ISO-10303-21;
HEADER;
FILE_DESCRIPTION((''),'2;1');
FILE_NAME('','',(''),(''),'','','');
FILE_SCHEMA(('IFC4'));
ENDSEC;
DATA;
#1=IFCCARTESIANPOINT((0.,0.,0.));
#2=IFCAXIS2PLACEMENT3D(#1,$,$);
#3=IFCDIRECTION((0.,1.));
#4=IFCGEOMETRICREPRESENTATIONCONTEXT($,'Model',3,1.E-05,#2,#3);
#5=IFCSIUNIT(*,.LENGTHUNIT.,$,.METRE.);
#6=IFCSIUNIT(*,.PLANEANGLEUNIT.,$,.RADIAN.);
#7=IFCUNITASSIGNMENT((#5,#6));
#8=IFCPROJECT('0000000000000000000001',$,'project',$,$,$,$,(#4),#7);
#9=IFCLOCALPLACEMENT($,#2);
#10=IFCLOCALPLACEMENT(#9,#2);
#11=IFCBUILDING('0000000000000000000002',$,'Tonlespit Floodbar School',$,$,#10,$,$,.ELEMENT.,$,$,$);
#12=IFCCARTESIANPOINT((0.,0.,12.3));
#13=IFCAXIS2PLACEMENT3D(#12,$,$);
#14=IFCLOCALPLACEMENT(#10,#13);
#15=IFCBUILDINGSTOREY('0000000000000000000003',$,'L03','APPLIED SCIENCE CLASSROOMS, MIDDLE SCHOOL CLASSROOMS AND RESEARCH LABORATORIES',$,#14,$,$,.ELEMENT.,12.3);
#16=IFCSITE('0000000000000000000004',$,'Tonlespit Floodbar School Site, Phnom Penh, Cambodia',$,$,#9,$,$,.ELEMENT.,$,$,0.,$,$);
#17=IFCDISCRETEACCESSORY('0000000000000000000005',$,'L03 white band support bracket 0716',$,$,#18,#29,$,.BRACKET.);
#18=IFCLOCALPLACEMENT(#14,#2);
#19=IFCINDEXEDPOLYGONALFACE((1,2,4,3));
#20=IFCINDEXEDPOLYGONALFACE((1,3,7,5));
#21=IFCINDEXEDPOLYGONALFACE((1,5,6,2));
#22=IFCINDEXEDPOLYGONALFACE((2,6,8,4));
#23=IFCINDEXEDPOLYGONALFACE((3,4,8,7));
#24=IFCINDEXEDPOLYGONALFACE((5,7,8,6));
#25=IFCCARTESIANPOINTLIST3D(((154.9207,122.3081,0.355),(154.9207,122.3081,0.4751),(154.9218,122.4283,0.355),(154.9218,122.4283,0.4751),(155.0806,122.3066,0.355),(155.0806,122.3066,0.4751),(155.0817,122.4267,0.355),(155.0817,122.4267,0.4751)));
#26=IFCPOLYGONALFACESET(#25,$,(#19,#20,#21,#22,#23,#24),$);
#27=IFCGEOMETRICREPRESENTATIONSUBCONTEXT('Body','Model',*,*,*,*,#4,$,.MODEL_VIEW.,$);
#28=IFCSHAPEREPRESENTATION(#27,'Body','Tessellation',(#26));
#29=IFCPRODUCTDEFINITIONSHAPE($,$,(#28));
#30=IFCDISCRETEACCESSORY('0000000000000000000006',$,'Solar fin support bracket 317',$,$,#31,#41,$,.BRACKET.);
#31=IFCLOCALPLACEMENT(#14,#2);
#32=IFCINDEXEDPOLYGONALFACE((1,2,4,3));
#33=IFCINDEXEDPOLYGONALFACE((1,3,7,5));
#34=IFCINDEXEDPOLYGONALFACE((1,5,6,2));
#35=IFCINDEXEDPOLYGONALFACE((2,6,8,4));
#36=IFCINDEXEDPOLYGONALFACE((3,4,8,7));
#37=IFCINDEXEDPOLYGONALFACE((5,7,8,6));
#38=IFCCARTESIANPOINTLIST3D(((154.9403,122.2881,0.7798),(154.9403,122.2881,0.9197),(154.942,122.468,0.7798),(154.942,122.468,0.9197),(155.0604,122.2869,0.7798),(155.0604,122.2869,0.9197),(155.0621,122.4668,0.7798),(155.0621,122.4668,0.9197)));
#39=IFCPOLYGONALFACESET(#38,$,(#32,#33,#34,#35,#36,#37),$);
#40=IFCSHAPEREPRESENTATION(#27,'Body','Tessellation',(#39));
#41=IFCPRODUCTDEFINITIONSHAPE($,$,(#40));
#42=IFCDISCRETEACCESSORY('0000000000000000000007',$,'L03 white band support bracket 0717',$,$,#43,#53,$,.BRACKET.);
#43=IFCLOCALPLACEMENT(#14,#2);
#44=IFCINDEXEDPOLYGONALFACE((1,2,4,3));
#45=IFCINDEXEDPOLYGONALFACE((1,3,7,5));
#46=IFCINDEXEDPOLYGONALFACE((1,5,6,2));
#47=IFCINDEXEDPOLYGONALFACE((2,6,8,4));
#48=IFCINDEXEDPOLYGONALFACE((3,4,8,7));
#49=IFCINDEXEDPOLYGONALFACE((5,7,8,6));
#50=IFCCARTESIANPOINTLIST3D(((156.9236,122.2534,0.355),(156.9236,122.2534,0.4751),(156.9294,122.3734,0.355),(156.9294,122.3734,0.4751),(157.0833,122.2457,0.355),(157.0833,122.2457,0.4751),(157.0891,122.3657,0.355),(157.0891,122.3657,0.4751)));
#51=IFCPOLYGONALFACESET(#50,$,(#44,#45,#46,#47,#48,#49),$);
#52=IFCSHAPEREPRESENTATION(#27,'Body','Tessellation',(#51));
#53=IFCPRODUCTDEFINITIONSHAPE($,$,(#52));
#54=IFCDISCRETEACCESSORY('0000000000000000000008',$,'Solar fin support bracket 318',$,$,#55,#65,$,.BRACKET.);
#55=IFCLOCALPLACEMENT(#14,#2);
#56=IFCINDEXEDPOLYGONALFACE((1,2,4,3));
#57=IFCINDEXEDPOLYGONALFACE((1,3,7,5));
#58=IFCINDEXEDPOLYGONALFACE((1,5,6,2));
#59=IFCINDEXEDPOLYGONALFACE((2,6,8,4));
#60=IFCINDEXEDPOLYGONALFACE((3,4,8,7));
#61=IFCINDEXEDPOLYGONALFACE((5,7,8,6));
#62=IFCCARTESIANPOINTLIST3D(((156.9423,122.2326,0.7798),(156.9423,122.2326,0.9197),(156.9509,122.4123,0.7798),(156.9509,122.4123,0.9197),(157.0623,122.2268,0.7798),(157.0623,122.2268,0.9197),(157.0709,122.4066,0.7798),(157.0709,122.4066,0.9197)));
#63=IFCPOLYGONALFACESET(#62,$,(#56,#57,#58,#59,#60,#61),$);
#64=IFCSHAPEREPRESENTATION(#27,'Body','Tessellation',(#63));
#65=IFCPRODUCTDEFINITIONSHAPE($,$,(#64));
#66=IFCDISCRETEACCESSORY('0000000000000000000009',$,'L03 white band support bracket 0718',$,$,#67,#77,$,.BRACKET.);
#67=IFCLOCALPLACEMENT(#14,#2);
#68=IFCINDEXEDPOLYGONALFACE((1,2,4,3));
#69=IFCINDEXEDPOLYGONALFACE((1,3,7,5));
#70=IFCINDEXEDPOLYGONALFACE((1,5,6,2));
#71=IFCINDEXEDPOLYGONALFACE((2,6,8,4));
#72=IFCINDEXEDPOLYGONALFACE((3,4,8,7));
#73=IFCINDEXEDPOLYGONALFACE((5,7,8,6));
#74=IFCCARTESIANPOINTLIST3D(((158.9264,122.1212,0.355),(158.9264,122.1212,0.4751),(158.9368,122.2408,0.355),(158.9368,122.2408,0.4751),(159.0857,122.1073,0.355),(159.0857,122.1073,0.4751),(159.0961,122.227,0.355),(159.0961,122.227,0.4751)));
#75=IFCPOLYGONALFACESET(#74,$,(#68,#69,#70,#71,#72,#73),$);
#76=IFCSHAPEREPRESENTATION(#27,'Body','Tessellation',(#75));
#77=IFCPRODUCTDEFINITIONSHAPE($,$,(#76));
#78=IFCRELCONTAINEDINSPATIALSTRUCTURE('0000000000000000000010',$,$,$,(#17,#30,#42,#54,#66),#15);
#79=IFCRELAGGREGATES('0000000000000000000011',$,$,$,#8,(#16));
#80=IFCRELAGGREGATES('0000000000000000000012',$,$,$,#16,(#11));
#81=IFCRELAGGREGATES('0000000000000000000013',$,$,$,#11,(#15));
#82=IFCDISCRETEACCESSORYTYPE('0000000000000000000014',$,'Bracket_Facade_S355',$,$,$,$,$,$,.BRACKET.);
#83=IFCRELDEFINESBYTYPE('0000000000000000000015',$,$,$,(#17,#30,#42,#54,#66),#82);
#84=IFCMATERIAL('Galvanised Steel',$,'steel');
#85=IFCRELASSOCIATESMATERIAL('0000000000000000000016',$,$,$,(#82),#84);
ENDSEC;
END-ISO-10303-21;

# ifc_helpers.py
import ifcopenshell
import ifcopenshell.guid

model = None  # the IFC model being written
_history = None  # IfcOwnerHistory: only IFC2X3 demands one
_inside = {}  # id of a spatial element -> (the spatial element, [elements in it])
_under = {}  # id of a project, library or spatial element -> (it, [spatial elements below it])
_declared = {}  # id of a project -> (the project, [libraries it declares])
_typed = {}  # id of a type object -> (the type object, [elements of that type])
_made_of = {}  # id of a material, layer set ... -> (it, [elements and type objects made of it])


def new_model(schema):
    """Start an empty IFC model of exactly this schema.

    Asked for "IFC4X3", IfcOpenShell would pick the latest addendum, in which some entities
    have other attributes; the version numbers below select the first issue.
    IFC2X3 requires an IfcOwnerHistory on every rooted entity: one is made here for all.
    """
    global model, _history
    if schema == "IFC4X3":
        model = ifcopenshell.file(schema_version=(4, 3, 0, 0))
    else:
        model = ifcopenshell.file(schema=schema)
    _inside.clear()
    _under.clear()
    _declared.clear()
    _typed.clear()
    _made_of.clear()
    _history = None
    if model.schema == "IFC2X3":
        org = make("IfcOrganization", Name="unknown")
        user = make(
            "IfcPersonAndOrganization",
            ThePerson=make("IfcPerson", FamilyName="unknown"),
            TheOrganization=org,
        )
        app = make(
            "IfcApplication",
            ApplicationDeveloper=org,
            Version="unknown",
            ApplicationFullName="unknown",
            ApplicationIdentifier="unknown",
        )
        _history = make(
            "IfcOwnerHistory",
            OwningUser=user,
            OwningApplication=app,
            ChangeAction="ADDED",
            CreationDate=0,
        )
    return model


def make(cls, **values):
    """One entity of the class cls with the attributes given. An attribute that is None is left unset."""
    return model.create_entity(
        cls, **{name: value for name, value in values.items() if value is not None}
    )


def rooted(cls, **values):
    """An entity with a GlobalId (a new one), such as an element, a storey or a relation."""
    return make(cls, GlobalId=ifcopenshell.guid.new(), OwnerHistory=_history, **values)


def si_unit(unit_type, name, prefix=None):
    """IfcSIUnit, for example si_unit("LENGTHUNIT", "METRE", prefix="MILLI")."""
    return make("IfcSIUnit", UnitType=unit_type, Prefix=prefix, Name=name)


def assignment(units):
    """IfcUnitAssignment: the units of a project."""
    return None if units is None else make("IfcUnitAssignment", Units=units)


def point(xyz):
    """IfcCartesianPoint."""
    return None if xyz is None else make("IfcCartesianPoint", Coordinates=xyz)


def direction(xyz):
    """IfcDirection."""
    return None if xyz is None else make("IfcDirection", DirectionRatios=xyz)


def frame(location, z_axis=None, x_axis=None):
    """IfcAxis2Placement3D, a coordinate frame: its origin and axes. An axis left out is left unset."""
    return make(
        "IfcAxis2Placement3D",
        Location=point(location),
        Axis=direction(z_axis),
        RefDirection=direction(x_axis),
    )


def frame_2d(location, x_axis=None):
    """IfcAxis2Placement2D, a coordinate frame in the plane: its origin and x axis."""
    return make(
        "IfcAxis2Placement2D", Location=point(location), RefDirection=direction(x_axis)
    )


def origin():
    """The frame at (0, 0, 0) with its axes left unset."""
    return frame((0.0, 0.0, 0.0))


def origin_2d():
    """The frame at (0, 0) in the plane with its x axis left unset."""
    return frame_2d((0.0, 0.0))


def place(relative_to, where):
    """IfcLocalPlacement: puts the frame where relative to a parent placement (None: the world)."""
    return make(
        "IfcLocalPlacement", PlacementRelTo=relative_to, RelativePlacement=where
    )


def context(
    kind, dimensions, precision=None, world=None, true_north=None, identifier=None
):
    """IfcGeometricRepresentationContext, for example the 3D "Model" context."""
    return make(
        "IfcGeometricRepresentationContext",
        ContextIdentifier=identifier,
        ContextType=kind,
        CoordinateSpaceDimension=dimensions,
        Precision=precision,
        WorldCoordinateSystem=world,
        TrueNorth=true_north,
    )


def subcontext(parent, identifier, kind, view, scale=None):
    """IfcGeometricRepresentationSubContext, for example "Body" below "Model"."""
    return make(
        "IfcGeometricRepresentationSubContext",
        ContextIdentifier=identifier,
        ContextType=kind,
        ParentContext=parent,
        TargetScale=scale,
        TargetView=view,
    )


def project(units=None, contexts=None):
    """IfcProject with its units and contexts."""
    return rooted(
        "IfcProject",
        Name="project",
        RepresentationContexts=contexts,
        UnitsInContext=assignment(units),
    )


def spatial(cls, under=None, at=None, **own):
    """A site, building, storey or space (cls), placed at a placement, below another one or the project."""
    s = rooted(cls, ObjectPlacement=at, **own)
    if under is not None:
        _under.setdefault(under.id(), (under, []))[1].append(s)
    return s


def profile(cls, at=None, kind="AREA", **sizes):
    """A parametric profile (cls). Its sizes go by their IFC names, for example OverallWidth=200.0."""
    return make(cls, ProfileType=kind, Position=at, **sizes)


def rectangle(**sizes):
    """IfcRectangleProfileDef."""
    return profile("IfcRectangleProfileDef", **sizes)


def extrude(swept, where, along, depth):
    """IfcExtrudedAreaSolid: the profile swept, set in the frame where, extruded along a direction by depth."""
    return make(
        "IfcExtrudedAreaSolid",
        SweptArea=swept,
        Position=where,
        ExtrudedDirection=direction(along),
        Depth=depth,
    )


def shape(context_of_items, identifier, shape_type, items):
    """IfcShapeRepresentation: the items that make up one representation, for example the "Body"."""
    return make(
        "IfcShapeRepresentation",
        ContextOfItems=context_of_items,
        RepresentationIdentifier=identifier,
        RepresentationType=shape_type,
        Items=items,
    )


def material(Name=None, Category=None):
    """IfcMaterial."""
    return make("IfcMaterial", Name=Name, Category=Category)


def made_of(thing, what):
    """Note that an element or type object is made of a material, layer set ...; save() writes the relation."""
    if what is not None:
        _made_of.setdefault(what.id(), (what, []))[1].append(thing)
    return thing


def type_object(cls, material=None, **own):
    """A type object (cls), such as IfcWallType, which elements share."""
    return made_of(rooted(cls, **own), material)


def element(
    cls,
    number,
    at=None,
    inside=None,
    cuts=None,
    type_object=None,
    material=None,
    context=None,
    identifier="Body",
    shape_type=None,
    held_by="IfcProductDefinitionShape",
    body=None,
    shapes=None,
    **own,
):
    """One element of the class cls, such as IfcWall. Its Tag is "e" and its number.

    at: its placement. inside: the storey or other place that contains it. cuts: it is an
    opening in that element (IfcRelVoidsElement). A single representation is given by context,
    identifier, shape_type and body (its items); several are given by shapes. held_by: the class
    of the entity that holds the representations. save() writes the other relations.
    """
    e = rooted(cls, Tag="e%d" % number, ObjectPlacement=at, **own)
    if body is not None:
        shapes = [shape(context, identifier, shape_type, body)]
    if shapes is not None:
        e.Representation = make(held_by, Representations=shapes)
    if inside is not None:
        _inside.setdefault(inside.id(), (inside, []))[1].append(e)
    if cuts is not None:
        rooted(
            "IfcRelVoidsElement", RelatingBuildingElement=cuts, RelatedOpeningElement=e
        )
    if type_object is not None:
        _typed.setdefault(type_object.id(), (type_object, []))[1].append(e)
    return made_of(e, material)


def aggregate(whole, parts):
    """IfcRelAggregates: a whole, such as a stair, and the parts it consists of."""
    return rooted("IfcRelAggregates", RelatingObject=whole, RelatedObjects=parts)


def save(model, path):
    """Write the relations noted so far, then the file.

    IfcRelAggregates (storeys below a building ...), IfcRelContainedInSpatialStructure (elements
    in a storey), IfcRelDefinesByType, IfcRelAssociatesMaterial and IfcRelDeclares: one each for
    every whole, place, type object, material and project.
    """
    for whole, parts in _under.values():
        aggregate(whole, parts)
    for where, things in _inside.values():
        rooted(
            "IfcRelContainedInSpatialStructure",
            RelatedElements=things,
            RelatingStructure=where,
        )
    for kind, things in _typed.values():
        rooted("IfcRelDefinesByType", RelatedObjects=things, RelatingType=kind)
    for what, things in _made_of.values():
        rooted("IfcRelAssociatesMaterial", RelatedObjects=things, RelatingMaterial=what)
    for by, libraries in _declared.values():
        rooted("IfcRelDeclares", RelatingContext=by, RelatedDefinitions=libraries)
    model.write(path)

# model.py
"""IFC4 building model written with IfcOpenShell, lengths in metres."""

from ifc_helpers import new_model, si_unit, direction, frame, origin, origin_2d, place, context, subcontext, project, spatial, rectangle, extrude, material, type_object, element, save


model = new_model("IFC4")

# Units and contexts
model_context = context("Model", 3, precision=1e-05, world=origin(), true_north=direction((0.0, 1.0)))
body_context = subcontext(model_context, "Body", "Model", "MODEL_VIEW")
ifc_project = project(units=[si_unit("LENGTHUNIT", "METRE"), si_unit("PLANEANGLEUNIT", "RADIAN")], contexts=[model_context])

# Site, building, storey
site_placement = place(None, origin())
site = spatial("IfcSite", under=ifc_project, at=site_placement, Name="Tonlespit Floodbar School Site, Phnom Penh, Cambodia", CompositionType="ELEMENT", RefElevation=0.0)
building_placement = place(site_placement, origin())
building = spatial("IfcBuilding", under=site, at=building_placement, Name="Tonlespit Floodbar School", CompositionType="ELEMENT")
storey_placement = place(building_placement, frame((0.0, 0.0, 12.3)))
storey = spatial("IfcBuildingStorey", under=building, at=storey_placement, Name="L03", Description="APPLIED SCIENCE CLASSROOMS, MIDDLE SCHOOL CLASSROOMS AND RESEARCH LABORATORIES", CompositionType="ELEMENT", Elevation=12.3)

# Discrete accessories
ifc_material_1 = material(Name="Galvanised Steel", Category="steel")
discrete_accessory_type = type_object("IfcDiscreteAccessoryType", Name="Bracket_Facade_S355", PredefinedType="BRACKET", material=ifc_material_1)
discrete_accessory_1_placement = place(storey_placement, frame((155.0012, 122.3674, 0.355), z_axis=(0.0, 0.0, 1.0), x_axis=(0.999954, -0.009599, 0.0)))
element("IfcDiscreteAccessory", 1, at=discrete_accessory_1_placement, inside=storey, type_object=discrete_accessory_type, Name="L03 white band support bracket 0716", PredefinedType="BRACKET", context=body_context, shape_type="SweptSolid", body=[
    extrude(rectangle(XDim=0.1599, YDim=0.1201, at=origin_2d()), origin(), (0.0, 0.0, 1.0), 0.1201),
])
discrete_accessory_2_placement = place(storey_placement, frame((155.0012, 122.3774, 0.7798), z_axis=(0.0, 0.0, 1.0), x_axis=(0.999954, -0.009599, 0.0)))
element("IfcDiscreteAccessory", 2, at=discrete_accessory_2_placement, inside=storey, type_object=discrete_accessory_type, Name="Solar fin support bracket 317", PredefinedType="BRACKET", context=body_context, shape_type="SweptSolid", body=[
    extrude(rectangle(XDim=0.1201, YDim=0.1799, at=origin_2d()), origin(), (0.0, 0.0, 1.0), 0.1399),
])
discrete_accessory_3_placement = place(storey_placement, frame((157.0063, 122.3096, 0.355), z_axis=(0.0, 0.0, 1.0), x_axis=(0.998843, -0.048095, 0.0)))
element("IfcDiscreteAccessory", 3, at=discrete_accessory_3_placement, inside=storey, type_object=discrete_accessory_type, Name="L03 white band support bracket 0717", PredefinedType="BRACKET", context=body_context, shape_type="SweptSolid", body=[
    extrude(rectangle(XDim=0.1599, YDim=0.1201, at=origin_2d()), origin(), (0.0, 0.0, 1.0), 0.1201),
])
discrete_accessory_4_placement = place(storey_placement, frame((157.0066, 122.3196, 0.7798), z_axis=(0.0, 0.0, 1.0), x_axis=(0.998843, -0.048095, 0.0)))
element("IfcDiscreteAccessory", 4, at=discrete_accessory_4_placement, inside=storey, type_object=discrete_accessory_type, Name="Solar fin support bracket 318", PredefinedType="BRACKET", context=body_context, shape_type="SweptSolid", body=[
    extrude(rectangle(XDim=0.1201, YDim=0.1799, at=origin_2d()), origin(), (0.0, 0.0, 1.0), 0.1399),
])
discrete_accessory_5_placement = place(storey_placement, frame((159.0112, 122.1741, 0.355), z_axis=(0.0, 0.0, 1.0), x_axis=(0.996245, -0.086573, 0.0)))
element("IfcDiscreteAccessory", 5, at=discrete_accessory_5_placement, inside=storey, type_object=discrete_accessory_type, Name="L03 white band support bracket 0718", PredefinedType="BRACKET", context=body_context, shape_type="SweptSolid", body=[
    extrude(rectangle(XDim=0.1599, YDim=0.1201, at=origin_2d()), origin(), (0.0, 0.0, 1.0), 0.1201),
])

save(model, "model.ifc")
